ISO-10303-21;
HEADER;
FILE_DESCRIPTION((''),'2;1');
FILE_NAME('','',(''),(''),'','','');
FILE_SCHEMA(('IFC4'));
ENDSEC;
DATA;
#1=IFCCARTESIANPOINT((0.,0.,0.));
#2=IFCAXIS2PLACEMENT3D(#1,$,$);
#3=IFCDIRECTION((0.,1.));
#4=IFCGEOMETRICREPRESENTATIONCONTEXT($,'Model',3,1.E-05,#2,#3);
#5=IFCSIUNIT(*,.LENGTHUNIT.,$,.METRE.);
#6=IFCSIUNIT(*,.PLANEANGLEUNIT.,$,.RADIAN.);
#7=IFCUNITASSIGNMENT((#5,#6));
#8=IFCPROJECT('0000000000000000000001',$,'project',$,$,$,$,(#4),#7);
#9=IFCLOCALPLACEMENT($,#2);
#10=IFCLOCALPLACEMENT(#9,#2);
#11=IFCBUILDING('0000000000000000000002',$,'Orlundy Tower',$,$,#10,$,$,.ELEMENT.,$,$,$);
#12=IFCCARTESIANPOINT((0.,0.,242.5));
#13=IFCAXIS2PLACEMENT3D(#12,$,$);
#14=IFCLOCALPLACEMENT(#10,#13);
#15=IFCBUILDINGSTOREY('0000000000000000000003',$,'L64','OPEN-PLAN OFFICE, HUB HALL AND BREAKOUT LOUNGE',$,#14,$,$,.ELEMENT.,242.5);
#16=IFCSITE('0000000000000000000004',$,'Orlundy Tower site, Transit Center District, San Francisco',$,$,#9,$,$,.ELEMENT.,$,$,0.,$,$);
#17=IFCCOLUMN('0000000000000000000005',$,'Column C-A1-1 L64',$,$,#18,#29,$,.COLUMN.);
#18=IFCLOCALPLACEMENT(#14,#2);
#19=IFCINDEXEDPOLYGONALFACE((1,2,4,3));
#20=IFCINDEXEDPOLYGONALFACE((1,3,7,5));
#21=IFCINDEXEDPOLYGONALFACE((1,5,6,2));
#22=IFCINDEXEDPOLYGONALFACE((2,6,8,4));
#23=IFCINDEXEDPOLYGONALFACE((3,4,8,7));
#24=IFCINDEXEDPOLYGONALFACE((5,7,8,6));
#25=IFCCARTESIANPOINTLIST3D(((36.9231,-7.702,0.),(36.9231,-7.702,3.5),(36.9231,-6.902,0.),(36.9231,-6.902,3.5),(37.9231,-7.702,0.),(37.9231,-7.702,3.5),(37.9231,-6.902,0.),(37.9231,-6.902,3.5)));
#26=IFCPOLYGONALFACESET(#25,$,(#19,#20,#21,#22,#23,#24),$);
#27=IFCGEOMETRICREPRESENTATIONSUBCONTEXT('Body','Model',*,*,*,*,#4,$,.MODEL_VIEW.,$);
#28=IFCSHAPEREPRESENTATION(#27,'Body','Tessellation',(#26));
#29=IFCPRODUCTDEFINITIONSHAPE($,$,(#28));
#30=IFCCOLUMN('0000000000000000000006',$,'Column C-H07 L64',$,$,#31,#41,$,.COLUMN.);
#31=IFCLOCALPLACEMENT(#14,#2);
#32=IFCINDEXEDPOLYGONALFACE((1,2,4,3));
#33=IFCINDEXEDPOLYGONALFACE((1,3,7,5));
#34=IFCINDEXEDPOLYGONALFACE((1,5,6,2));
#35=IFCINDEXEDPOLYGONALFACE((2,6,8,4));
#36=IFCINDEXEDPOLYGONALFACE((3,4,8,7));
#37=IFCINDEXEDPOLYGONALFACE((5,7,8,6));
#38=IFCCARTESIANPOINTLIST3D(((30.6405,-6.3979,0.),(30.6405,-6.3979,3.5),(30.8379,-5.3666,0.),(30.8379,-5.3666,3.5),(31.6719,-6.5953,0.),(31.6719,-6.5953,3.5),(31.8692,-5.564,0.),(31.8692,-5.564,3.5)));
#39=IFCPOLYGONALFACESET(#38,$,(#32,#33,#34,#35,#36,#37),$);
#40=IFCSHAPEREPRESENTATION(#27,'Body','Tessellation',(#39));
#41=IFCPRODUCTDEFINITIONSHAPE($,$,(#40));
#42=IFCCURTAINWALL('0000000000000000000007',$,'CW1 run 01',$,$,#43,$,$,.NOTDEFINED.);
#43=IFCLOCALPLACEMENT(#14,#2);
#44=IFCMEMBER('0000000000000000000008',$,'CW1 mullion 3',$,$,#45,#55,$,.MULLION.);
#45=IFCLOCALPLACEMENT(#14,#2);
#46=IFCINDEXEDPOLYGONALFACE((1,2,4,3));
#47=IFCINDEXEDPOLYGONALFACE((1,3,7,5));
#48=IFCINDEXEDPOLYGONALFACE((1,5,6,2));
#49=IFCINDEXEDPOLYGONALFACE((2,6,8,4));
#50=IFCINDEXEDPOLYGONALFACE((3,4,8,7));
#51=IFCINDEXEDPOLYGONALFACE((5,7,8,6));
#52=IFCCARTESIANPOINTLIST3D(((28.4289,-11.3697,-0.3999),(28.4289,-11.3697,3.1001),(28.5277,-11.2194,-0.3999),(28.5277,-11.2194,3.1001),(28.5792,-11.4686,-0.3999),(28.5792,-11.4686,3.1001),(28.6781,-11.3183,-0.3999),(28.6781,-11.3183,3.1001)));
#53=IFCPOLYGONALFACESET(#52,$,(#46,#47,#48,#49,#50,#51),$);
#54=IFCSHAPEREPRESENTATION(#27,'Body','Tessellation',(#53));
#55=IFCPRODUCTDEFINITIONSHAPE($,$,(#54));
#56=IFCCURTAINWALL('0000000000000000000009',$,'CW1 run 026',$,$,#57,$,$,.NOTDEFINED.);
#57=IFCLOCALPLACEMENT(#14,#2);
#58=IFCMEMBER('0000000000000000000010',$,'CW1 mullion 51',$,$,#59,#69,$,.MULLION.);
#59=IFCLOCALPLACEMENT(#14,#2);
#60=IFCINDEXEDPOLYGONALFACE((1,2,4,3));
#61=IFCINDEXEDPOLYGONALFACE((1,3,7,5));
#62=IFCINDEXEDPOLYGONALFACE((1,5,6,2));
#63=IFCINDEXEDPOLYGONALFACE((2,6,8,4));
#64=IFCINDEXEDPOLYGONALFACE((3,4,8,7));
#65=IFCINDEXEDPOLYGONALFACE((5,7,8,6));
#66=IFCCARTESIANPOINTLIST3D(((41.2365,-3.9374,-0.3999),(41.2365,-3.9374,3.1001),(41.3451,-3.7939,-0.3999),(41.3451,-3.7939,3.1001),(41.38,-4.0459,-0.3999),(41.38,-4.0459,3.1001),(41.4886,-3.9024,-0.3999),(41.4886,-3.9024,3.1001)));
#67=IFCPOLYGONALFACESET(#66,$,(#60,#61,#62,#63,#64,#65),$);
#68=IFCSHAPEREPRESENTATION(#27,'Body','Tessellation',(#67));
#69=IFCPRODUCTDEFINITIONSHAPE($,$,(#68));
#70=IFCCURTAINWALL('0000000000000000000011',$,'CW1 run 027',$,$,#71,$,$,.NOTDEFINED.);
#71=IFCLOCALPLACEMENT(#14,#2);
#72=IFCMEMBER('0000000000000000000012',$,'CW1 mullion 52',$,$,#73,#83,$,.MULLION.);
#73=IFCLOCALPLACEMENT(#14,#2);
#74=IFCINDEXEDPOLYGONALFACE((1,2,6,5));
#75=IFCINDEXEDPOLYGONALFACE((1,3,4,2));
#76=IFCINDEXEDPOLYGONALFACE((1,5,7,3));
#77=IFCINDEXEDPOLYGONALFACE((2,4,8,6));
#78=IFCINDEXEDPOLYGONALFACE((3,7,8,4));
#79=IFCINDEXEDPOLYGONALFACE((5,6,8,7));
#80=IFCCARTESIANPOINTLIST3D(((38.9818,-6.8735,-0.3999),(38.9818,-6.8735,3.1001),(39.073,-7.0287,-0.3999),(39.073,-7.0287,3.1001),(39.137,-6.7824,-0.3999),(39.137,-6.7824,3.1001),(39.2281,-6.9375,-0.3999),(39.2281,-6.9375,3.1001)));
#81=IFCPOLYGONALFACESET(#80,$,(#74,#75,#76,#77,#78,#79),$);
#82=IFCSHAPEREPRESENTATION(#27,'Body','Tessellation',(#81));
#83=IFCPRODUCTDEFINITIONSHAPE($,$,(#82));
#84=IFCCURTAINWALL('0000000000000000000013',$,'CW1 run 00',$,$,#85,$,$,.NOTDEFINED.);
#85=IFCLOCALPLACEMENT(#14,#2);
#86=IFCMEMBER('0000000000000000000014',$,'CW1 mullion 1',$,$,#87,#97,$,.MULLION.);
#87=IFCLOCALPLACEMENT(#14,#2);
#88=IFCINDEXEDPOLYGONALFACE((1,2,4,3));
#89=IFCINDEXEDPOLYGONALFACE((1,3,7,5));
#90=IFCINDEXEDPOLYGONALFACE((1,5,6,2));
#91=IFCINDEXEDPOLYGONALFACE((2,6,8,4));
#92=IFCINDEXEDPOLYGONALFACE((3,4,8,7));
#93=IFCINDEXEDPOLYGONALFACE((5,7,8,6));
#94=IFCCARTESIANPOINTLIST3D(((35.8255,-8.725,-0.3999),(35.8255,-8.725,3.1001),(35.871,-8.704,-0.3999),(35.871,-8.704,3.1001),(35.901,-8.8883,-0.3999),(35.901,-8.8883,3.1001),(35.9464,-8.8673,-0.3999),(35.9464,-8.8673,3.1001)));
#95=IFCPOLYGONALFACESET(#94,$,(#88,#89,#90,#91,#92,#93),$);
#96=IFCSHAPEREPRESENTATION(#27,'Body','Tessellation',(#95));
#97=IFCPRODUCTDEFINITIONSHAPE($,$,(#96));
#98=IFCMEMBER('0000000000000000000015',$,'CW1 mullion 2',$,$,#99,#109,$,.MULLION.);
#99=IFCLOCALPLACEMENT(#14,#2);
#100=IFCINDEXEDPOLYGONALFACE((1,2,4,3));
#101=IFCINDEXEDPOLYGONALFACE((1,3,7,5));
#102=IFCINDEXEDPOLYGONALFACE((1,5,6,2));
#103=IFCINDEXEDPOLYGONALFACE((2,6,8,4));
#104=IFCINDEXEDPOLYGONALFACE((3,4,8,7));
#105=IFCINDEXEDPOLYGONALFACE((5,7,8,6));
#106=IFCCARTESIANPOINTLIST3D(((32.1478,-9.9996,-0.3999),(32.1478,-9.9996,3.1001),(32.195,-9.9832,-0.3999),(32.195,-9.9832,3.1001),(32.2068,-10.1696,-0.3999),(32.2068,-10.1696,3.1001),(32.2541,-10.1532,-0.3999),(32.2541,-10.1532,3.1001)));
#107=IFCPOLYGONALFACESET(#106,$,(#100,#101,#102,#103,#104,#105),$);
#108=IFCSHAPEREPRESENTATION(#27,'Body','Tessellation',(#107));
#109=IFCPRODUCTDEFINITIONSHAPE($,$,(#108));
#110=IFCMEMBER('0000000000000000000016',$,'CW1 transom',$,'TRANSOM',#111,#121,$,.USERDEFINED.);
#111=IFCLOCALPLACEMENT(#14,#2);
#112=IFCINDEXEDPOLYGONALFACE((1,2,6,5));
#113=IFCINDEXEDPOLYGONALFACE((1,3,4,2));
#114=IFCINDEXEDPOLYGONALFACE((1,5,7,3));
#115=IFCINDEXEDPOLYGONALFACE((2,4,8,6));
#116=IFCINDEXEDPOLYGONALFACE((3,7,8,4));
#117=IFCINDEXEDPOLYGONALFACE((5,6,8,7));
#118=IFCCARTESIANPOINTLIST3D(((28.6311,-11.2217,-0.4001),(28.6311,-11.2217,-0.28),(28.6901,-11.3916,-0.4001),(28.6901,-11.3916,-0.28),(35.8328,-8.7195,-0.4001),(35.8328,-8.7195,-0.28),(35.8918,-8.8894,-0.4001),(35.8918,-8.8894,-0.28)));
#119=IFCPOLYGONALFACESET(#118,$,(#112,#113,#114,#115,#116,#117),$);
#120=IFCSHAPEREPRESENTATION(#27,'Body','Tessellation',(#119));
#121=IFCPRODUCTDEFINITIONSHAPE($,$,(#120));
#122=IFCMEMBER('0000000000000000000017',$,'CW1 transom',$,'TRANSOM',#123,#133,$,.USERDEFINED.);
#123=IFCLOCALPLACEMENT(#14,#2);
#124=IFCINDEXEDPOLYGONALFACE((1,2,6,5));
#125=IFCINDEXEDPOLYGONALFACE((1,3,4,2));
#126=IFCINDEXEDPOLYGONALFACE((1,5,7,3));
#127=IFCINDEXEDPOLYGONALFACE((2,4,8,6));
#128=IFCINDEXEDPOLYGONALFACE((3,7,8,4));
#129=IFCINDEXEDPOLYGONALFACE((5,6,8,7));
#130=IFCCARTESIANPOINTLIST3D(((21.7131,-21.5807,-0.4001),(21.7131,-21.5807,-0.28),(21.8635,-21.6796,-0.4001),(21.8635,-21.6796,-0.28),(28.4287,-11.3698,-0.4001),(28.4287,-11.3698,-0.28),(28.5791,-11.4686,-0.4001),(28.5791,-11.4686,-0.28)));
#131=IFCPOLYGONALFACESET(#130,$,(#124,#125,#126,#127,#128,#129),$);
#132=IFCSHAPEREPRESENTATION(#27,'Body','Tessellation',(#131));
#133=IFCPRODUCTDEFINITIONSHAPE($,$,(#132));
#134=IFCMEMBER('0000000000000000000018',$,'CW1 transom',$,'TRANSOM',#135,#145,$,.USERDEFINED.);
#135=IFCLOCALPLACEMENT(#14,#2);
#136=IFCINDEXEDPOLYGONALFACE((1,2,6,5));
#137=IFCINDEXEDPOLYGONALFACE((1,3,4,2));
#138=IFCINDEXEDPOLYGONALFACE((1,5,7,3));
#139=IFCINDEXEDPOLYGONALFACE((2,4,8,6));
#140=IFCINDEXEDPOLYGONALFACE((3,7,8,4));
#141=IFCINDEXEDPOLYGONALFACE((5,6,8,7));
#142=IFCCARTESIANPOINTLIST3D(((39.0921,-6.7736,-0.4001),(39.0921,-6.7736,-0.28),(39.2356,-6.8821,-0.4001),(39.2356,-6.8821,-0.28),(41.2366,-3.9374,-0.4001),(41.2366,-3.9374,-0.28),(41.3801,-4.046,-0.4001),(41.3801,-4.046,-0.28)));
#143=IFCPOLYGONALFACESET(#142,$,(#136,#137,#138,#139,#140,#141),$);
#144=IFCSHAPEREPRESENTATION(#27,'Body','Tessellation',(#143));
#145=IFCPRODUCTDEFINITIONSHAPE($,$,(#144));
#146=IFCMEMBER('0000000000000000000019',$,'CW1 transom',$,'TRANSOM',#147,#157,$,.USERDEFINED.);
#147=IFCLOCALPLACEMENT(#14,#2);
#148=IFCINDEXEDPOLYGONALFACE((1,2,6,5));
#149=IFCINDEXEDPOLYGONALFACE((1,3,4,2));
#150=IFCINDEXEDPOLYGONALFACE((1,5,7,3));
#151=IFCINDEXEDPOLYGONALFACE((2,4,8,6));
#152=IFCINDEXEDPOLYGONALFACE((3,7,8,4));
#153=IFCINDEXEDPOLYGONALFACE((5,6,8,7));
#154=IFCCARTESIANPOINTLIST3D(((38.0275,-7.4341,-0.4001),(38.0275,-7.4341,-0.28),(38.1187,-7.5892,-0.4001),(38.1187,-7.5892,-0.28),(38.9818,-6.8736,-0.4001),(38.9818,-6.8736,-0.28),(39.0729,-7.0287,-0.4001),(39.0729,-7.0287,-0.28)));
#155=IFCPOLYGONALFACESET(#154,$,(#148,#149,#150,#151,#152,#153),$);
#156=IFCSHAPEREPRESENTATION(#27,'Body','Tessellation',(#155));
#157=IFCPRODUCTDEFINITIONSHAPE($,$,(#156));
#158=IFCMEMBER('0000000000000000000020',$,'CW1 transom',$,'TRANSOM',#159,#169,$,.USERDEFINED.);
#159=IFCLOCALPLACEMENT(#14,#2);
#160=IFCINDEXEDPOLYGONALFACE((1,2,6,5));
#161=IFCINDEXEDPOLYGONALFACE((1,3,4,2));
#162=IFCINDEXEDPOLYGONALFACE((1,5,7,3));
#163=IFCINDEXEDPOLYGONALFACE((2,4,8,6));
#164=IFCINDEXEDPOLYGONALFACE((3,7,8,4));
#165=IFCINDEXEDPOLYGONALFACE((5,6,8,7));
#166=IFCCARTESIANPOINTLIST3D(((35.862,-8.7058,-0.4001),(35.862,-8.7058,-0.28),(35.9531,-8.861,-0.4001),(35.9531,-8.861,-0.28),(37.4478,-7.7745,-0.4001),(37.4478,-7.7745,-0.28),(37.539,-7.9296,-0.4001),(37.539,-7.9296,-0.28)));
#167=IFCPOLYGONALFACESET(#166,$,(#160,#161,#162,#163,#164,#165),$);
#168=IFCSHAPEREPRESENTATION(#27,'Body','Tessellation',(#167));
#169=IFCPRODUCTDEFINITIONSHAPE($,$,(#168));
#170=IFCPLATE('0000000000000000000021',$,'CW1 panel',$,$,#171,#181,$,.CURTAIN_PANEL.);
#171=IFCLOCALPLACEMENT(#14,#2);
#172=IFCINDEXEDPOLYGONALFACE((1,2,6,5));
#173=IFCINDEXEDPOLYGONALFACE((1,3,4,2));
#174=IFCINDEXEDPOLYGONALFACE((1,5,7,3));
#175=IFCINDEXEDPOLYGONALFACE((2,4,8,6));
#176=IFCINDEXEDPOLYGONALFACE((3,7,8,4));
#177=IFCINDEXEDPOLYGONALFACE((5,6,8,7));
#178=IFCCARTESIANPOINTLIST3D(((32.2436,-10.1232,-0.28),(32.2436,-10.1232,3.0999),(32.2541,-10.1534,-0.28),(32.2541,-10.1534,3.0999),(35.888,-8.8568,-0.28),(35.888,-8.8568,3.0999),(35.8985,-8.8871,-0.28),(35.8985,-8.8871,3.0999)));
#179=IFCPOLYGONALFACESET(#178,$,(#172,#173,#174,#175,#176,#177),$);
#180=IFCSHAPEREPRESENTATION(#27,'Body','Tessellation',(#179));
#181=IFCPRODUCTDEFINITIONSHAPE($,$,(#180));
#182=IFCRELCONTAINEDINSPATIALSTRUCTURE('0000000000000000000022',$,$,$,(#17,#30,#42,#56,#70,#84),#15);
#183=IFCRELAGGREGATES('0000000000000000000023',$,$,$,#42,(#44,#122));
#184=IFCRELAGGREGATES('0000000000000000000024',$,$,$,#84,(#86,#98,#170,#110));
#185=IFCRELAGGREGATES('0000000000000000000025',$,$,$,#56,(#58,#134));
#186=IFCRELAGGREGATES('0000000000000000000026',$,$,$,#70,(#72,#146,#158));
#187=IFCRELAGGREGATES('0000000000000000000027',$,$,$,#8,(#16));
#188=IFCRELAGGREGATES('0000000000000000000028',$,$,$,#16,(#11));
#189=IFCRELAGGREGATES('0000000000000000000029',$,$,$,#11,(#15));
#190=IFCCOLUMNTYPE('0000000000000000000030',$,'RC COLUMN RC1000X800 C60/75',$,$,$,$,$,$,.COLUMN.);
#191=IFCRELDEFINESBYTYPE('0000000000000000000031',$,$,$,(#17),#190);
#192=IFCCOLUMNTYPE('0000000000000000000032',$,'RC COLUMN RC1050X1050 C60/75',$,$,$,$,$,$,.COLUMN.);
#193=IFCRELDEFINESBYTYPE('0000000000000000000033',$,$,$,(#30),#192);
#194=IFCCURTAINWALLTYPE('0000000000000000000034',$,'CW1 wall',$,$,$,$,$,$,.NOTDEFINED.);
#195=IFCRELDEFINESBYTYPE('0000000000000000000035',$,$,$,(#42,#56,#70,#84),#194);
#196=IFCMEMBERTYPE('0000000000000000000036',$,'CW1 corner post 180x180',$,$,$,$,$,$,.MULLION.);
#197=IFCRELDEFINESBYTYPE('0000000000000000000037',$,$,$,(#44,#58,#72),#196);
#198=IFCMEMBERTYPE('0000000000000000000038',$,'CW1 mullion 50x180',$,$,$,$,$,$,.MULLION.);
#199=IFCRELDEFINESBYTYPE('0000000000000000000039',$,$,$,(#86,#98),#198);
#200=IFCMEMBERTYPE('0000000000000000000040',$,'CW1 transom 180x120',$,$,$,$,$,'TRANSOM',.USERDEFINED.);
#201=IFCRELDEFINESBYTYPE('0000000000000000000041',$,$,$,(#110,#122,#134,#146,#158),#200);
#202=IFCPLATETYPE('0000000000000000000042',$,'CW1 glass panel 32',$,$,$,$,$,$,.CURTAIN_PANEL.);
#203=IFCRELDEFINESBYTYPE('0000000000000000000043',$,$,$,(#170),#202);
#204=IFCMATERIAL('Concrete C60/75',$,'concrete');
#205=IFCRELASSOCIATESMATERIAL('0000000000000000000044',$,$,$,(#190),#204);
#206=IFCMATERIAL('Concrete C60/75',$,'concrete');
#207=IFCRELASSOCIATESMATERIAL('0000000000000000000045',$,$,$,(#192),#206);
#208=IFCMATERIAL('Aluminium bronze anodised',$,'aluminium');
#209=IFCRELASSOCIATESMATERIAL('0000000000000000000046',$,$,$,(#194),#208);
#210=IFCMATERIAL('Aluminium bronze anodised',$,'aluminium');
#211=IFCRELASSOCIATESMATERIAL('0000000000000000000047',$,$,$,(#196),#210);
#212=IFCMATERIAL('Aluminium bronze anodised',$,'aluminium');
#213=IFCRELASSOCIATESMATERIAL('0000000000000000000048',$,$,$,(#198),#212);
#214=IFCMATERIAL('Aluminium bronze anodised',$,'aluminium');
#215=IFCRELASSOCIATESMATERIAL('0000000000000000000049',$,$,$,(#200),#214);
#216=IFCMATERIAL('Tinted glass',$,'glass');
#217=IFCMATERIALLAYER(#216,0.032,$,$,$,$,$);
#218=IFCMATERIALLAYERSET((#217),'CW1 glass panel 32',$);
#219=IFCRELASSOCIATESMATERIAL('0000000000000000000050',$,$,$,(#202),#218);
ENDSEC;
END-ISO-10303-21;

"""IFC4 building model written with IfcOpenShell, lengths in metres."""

from ifc_helpers import new_model, si_unit, direction, frame, origin, origin_2d, place, context, subcontext, project, spatial, rectangle, extrude, material, layer, layer_set, material_profile, profile_set, type_object, element, aggregate, save


model = new_model("IFC4")

# Units and contexts
model_context = context("Model", 3, precision=1e-05, world=origin(), true_north=direction((0.0, 1.0)))
body_context = subcontext(model_context, "Body", "Model", "MODEL_VIEW")
ifc_project = project(units=[si_unit("LENGTHUNIT", "METRE"), si_unit("PLANEANGLEUNIT", "RADIAN")], contexts=[model_context])

# Site, building, storey
site_placement = place(None, origin())
site = spatial("IfcSite", under=ifc_project, at=site_placement, Name="Orlundy Tower site, Transit Center District, San Francisco", CompositionType="ELEMENT", RefElevation=0.0)
building_placement = place(site_placement, origin())
building = spatial("IfcBuilding", under=site, at=building_placement, Name="Orlundy Tower", CompositionType="ELEMENT")
storey_placement = place(building_placement, frame((0.0, 0.0, 242.5)))
storey = spatial("IfcBuildingStorey", under=building, at=storey_placement, Name="L64", Description="OPEN-PLAN OFFICE, HUB HALL AND BREAKOUT LOUNGE", CompositionType="ELEMENT", Elevation=242.5)

# Columns
ifc_material_1 = material(Name="Concrete C60/75", Category="concrete")
ifc_material_profile_1 = material_profile(ifc_material_1, rectangle(XDim=1.0, YDim=0.8, at=origin_2d()), Name="RC1000X800")
ifc_profile_set_1 = profile_set([ifc_material_profile_1], Name="Concrete C60/75")
column_type_1 = type_object("IfcColumnType", Name="RC COLUMN RC1000X800 C60/75", PredefinedType="COLUMN", material=ifc_profile_set_1)
column_1_placement = place(storey_placement, frame((37.4231, -7.302, 0.0), z_axis=(0.0, 0.0, 1.0), x_axis=(1.0, 0.0, 0.0)))
element("IfcColumn", 1, at=column_1_placement, inside=storey, type_object=column_type_1, Name="Column C-A1-1 L64", PredefinedType="COLUMN", context=body_context, shape_type="SweptSolid", body=[
    extrude(rectangle(XDim=1.0, YDim=0.8, at=origin_2d()), origin(), (0.0, 0.0, 1.0), 3.5),
])
ifc_material_2 = material(Name="Concrete C60/75", Category="concrete")
ifc_material_profile_2 = material_profile(ifc_material_2, rectangle(XDim=1.05, YDim=1.05, at=origin_2d()), Name="RC1050X1050")
ifc_profile_set_2 = profile_set([ifc_material_profile_2], Name="Concrete C60/75")
column_type_2 = type_object("IfcColumnType", Name="RC COLUMN RC1050X1050 C60/75", PredefinedType="COLUMN", material=ifc_profile_set_2)
column_2_placement = place(storey_placement, frame((31.2549, -5.981, 0.0), z_axis=(0.0, 0.0, 1.0), x_axis=(0.982179, -0.187947, 0.0)))
element("IfcColumn", 2, at=column_2_placement, inside=storey, type_object=column_type_2, Name="Column C-H07 L64", PredefinedType="COLUMN", context=body_context, shape_type="SweptSolid", body=[
    extrude(rectangle(XDim=1.05, YDim=1.05, at=origin_2d()), origin(), (0.0, 0.0, 1.0), 3.5),
])

# Curtain walls, members
ifc_material_3 = material(Name="Aluminium bronze anodised", Category="aluminium")
curtain_wall_type = type_object("IfcCurtainWallType", Name="CW1 wall", PredefinedType="NOTDEFINED", material=ifc_material_3)
curtain_wall_1_placement = place(storey_placement, origin())
curtain_wall_1 = element("IfcCurtainWall", 3, at=curtain_wall_1_placement, inside=storey, type_object=curtain_wall_type, Name="CW1 run 01", PredefinedType="NOTDEFINED")
ifc_material_4 = material(Name="Aluminium bronze anodised", Category="aluminium")
ifc_material_profile_3 = material_profile(ifc_material_4, rectangle(XDim=0.1799, YDim=0.1799, at=origin_2d()), Name="CW1 corner post 180x180")
ifc_profile_set_3 = profile_set([ifc_material_profile_3], Name="Aluminium bronze anodised")
member_type_1 = type_object("IfcMemberType", Name="CW1 corner post 180x180", PredefinedType="MULLION", material=ifc_profile_set_3)
member_1_placement = place(storey_placement, frame((28.5535, -11.344, -0.3999), z_axis=(0.0, 0.0, 1.0), x_axis=(0.835496, -0.549496, 0.0)))
member_1 = element("IfcMember", 4, at=member_1_placement, type_object=member_type_1, Name="CW1 mullion 3", PredefinedType="MULLION", context=body_context, shape_type="SweptSolid", body=[
    extrude(rectangle(XDim=0.1799, YDim=0.1799, at=origin_2d()), origin(), (0.0, 0.0, 1.0), 3.5),
])
curtain_wall_2_placement = place(storey_placement, origin())
curtain_wall_2 = element("IfcCurtainWall", 5, at=curtain_wall_2_placement, inside=storey, type_object=curtain_wall_type, Name="CW1 run 026", PredefinedType="NOTDEFINED")
member_2_placement = place(storey_placement, frame((41.3625, -3.9199, -0.3999), z_axis=(0.0, 0.0, 1.0), x_axis=(0.797631, -0.603146, 0.0)))
member_2 = element("IfcMember", 6, at=member_2_placement, type_object=member_type_1, Name="CW1 mullion 51", PredefinedType="MULLION", context=body_context, shape_type="SweptSolid", body=[
    extrude(rectangle(XDim=0.1799, YDim=0.1799, at=origin_2d()), origin(), (0.0, 0.0, 1.0), 3.5),
])
curtain_wall_3_placement = place(storey_placement, origin())
curtain_wall_3 = element("IfcCurtainWall", 7, at=curtain_wall_3_placement, inside=storey, type_object=curtain_wall_type, Name="CW1 run 027", PredefinedType="NOTDEFINED")
member_3_placement = place(storey_placement, frame((39.105, -6.9055, -0.3999), z_axis=(0.0, 0.0, 1.0), x_axis=(0.506419, -0.862288, 0.0)))
member_3 = element("IfcMember", 8, at=member_3_placement, type_object=member_type_1, Name="CW1 mullion 52", PredefinedType="MULLION", context=body_context, shape_type="SweptSolid", body=[
    extrude(rectangle(XDim=0.1799, YDim=0.1799, at=origin_2d()), origin(), (0.0, 0.0, 1.0), 3.5),
])

# Curtain wall, members
curtain_wall_4_placement = place(storey_placement, origin())
curtain_wall_4 = element("IfcCurtainWall", 9, at=curtain_wall_4_placement, inside=storey, type_object=curtain_wall_type, Name="CW1 run 00", PredefinedType="NOTDEFINED")
ifc_material_5 = material(Name="Aluminium bronze anodised", Category="aluminium")
ifc_material_profile_4 = material_profile(ifc_material_5, rectangle(XDim=0.1799, YDim=0.05, at=origin_2d()), Name="CW1 mullion 50x180")
ifc_profile_set_4 = profile_set([ifc_material_profile_4], Name="Aluminium bronze anodised")
member_type_2 = type_object("IfcMemberType", Name="CW1 mullion 50x180", PredefinedType="MULLION", material=ifc_profile_set_4)
member_4_placement = place(storey_placement, frame((35.886, -8.7961, -0.3999), z_axis=(0.0, 0.0, 1.0), x_axis=(0.419347, -0.907826, 0.0)))
member_4 = element("IfcMember", 10, at=member_4_placement, type_object=member_type_2, Name="CW1 mullion 1", PredefinedType="MULLION", context=body_context, shape_type="SweptSolid", body=[
    extrude(rectangle(XDim=0.1799, YDim=0.05, at=origin_2d()), origin(), (0.0, 0.0, 1.0), 3.5),
])
member_5_placement = place(storey_placement, frame((32.2009, -10.0764, -0.3999), z_axis=(0.0, 0.0, 1.0), x_axis=(0.328227, -0.944599, 0.0)))
member_5 = element("IfcMember", 11, at=member_5_placement, type_object=member_type_2, Name="CW1 mullion 2", PredefinedType="MULLION", context=body_context, shape_type="SweptSolid", body=[
    extrude(rectangle(XDim=0.1799, YDim=0.05, at=origin_2d()), origin(), (0.0, 0.0, 1.0), 3.5),
])
ifc_material_6 = material(Name="Aluminium bronze anodised", Category="aluminium")
ifc_material_profile_5 = material_profile(ifc_material_6, rectangle(XDim=0.1799, YDim=0.1201, at=origin_2d()), Name="CW1 transom 180x120")
ifc_profile_set_5 = profile_set([ifc_material_profile_5], Name="Aluminium bronze anodised")
member_type_3 = type_object("IfcMemberType", Name="CW1 transom 180x120", ElementType="TRANSOM", PredefinedType="USERDEFINED", material=ifc_profile_set_5)
member_6_placement = place(storey_placement, frame((35.8623, -8.8044, -0.3401), z_axis=(-0.944608, -0.328201, 0.0), x_axis=(0.328201, -0.944608, 0.0)))
member_6 = element("IfcMember", 12, at=member_6_placement, type_object=member_type_3, Name="CW1 transom", ObjectType="TRANSOM", PredefinedType="USERDEFINED", context=body_context, shape_type="SweptSolid", body=[
    extrude(rectangle(XDim=0.1799, YDim=0.1201, at=origin_2d()), origin(), (0.0, 0.0, 1.0), 7.624),
])

# Members
member_7_placement = place(storey_placement, frame((28.5039, -11.4192, -0.3401), z_axis=(-0.549494, -0.835498, 0.0), x_axis=(0.835498, -0.549494, 0.0)))
member_7 = element("IfcMember", 13, at=member_7_placement, type_object=member_type_3, Name="CW1 transom", ObjectType="TRANSOM", PredefinedType="USERDEFINED", context=body_context, shape_type="SweptSolid", body=[
    extrude(rectangle(XDim=0.1799, YDim=0.1201, at=origin_2d()), origin(), (0.0, 0.0, 1.0), 12.2214),
])
aggregate(curtain_wall_1, [member_1, member_7])
member_8_placement = place(storey_placement, frame((41.3083, -3.9917, -0.3401), z_axis=(-0.603126, -0.797646, 0.0), x_axis=(0.797646, -0.603126, 0.0)))
member_8 = element("IfcMember", 14, at=member_8_placement, type_object=member_type_3, Name="CW1 transom", ObjectType="TRANSOM", PredefinedType="USERDEFINED", context=body_context, shape_type="SweptSolid", body=[
    extrude(rectangle(XDim=0.1799, YDim=0.1201, at=origin_2d()), origin(), (0.0, 0.0, 1.0), 3.5557),
])
member_9_placement = place(storey_placement, frame((39.0273, -6.9512, -0.3401), z_axis=(-0.862263, -0.506461, 0.0), x_axis=(0.506461, -0.862263, 0.0)))
member_9 = element("IfcMember", 15, at=member_9_placement, type_object=member_type_3, Name="CW1 transom", ObjectType="TRANSOM", PredefinedType="USERDEFINED", context=body_context, shape_type="SweptSolid", body=[
    extrude(rectangle(XDim=0.1799, YDim=0.1201, at=origin_2d()), origin(), (0.0, 0.0, 1.0), 1.1067),
])
member_10_placement = place(storey_placement, frame((37.4934, -7.8521, -0.3401), z_axis=(-0.862292, -0.506411, 0.0), x_axis=(0.506411, -0.862292, 0.0)))
member_10 = element("IfcMember", 16, at=member_10_placement, type_object=member_type_3, Name="CW1 transom", ObjectType="TRANSOM", PredefinedType="USERDEFINED", context=body_context, shape_type="SweptSolid", body=[
    extrude(rectangle(XDim=0.1799, YDim=0.1201, at=origin_2d()), origin(), (0.0, 0.0, 1.0), 1.8391),
])

# Plate
ifc_material_7 = material(Name="Tinted glass", Category="glass")
ifc_layer_1 = layer(ifc_material_7, 0.032)
ifc_layer_set_1 = layer_set([ifc_layer_1], Name="CW1 glass panel 32")
plate_type = type_object("IfcPlateType", Name="CW1 glass panel 32", PredefinedType="CURTAIN_PANEL", material=ifc_layer_set_1)
plate_1_placement = place(storey_placement, frame((34.071, -9.5051, -0.28), z_axis=(0.0, 0.0, 1.0), x_axis=(-0.944599, -0.328227, 0.0)))
plate_1 = element("IfcPlate", 17, at=plate_1_placement, type_object=plate_type, Name="CW1 panel", PredefinedType="CURTAIN_PANEL", context=body_context, shape_type="SweptSolid", body=[
    extrude(rectangle(XDim=3.8582, YDim=0.032, at=origin_2d()), origin(), (0.0, 0.0, 1.0), 3.3799),
])
aggregate(curtain_wall_4, [member_4, member_5, plate_1, member_6])

aggregate(curtain_wall_2, [member_2, member_8])
aggregate(curtain_wall_3, [member_3, member_9, member_10])

save(model, "model.ifc")
